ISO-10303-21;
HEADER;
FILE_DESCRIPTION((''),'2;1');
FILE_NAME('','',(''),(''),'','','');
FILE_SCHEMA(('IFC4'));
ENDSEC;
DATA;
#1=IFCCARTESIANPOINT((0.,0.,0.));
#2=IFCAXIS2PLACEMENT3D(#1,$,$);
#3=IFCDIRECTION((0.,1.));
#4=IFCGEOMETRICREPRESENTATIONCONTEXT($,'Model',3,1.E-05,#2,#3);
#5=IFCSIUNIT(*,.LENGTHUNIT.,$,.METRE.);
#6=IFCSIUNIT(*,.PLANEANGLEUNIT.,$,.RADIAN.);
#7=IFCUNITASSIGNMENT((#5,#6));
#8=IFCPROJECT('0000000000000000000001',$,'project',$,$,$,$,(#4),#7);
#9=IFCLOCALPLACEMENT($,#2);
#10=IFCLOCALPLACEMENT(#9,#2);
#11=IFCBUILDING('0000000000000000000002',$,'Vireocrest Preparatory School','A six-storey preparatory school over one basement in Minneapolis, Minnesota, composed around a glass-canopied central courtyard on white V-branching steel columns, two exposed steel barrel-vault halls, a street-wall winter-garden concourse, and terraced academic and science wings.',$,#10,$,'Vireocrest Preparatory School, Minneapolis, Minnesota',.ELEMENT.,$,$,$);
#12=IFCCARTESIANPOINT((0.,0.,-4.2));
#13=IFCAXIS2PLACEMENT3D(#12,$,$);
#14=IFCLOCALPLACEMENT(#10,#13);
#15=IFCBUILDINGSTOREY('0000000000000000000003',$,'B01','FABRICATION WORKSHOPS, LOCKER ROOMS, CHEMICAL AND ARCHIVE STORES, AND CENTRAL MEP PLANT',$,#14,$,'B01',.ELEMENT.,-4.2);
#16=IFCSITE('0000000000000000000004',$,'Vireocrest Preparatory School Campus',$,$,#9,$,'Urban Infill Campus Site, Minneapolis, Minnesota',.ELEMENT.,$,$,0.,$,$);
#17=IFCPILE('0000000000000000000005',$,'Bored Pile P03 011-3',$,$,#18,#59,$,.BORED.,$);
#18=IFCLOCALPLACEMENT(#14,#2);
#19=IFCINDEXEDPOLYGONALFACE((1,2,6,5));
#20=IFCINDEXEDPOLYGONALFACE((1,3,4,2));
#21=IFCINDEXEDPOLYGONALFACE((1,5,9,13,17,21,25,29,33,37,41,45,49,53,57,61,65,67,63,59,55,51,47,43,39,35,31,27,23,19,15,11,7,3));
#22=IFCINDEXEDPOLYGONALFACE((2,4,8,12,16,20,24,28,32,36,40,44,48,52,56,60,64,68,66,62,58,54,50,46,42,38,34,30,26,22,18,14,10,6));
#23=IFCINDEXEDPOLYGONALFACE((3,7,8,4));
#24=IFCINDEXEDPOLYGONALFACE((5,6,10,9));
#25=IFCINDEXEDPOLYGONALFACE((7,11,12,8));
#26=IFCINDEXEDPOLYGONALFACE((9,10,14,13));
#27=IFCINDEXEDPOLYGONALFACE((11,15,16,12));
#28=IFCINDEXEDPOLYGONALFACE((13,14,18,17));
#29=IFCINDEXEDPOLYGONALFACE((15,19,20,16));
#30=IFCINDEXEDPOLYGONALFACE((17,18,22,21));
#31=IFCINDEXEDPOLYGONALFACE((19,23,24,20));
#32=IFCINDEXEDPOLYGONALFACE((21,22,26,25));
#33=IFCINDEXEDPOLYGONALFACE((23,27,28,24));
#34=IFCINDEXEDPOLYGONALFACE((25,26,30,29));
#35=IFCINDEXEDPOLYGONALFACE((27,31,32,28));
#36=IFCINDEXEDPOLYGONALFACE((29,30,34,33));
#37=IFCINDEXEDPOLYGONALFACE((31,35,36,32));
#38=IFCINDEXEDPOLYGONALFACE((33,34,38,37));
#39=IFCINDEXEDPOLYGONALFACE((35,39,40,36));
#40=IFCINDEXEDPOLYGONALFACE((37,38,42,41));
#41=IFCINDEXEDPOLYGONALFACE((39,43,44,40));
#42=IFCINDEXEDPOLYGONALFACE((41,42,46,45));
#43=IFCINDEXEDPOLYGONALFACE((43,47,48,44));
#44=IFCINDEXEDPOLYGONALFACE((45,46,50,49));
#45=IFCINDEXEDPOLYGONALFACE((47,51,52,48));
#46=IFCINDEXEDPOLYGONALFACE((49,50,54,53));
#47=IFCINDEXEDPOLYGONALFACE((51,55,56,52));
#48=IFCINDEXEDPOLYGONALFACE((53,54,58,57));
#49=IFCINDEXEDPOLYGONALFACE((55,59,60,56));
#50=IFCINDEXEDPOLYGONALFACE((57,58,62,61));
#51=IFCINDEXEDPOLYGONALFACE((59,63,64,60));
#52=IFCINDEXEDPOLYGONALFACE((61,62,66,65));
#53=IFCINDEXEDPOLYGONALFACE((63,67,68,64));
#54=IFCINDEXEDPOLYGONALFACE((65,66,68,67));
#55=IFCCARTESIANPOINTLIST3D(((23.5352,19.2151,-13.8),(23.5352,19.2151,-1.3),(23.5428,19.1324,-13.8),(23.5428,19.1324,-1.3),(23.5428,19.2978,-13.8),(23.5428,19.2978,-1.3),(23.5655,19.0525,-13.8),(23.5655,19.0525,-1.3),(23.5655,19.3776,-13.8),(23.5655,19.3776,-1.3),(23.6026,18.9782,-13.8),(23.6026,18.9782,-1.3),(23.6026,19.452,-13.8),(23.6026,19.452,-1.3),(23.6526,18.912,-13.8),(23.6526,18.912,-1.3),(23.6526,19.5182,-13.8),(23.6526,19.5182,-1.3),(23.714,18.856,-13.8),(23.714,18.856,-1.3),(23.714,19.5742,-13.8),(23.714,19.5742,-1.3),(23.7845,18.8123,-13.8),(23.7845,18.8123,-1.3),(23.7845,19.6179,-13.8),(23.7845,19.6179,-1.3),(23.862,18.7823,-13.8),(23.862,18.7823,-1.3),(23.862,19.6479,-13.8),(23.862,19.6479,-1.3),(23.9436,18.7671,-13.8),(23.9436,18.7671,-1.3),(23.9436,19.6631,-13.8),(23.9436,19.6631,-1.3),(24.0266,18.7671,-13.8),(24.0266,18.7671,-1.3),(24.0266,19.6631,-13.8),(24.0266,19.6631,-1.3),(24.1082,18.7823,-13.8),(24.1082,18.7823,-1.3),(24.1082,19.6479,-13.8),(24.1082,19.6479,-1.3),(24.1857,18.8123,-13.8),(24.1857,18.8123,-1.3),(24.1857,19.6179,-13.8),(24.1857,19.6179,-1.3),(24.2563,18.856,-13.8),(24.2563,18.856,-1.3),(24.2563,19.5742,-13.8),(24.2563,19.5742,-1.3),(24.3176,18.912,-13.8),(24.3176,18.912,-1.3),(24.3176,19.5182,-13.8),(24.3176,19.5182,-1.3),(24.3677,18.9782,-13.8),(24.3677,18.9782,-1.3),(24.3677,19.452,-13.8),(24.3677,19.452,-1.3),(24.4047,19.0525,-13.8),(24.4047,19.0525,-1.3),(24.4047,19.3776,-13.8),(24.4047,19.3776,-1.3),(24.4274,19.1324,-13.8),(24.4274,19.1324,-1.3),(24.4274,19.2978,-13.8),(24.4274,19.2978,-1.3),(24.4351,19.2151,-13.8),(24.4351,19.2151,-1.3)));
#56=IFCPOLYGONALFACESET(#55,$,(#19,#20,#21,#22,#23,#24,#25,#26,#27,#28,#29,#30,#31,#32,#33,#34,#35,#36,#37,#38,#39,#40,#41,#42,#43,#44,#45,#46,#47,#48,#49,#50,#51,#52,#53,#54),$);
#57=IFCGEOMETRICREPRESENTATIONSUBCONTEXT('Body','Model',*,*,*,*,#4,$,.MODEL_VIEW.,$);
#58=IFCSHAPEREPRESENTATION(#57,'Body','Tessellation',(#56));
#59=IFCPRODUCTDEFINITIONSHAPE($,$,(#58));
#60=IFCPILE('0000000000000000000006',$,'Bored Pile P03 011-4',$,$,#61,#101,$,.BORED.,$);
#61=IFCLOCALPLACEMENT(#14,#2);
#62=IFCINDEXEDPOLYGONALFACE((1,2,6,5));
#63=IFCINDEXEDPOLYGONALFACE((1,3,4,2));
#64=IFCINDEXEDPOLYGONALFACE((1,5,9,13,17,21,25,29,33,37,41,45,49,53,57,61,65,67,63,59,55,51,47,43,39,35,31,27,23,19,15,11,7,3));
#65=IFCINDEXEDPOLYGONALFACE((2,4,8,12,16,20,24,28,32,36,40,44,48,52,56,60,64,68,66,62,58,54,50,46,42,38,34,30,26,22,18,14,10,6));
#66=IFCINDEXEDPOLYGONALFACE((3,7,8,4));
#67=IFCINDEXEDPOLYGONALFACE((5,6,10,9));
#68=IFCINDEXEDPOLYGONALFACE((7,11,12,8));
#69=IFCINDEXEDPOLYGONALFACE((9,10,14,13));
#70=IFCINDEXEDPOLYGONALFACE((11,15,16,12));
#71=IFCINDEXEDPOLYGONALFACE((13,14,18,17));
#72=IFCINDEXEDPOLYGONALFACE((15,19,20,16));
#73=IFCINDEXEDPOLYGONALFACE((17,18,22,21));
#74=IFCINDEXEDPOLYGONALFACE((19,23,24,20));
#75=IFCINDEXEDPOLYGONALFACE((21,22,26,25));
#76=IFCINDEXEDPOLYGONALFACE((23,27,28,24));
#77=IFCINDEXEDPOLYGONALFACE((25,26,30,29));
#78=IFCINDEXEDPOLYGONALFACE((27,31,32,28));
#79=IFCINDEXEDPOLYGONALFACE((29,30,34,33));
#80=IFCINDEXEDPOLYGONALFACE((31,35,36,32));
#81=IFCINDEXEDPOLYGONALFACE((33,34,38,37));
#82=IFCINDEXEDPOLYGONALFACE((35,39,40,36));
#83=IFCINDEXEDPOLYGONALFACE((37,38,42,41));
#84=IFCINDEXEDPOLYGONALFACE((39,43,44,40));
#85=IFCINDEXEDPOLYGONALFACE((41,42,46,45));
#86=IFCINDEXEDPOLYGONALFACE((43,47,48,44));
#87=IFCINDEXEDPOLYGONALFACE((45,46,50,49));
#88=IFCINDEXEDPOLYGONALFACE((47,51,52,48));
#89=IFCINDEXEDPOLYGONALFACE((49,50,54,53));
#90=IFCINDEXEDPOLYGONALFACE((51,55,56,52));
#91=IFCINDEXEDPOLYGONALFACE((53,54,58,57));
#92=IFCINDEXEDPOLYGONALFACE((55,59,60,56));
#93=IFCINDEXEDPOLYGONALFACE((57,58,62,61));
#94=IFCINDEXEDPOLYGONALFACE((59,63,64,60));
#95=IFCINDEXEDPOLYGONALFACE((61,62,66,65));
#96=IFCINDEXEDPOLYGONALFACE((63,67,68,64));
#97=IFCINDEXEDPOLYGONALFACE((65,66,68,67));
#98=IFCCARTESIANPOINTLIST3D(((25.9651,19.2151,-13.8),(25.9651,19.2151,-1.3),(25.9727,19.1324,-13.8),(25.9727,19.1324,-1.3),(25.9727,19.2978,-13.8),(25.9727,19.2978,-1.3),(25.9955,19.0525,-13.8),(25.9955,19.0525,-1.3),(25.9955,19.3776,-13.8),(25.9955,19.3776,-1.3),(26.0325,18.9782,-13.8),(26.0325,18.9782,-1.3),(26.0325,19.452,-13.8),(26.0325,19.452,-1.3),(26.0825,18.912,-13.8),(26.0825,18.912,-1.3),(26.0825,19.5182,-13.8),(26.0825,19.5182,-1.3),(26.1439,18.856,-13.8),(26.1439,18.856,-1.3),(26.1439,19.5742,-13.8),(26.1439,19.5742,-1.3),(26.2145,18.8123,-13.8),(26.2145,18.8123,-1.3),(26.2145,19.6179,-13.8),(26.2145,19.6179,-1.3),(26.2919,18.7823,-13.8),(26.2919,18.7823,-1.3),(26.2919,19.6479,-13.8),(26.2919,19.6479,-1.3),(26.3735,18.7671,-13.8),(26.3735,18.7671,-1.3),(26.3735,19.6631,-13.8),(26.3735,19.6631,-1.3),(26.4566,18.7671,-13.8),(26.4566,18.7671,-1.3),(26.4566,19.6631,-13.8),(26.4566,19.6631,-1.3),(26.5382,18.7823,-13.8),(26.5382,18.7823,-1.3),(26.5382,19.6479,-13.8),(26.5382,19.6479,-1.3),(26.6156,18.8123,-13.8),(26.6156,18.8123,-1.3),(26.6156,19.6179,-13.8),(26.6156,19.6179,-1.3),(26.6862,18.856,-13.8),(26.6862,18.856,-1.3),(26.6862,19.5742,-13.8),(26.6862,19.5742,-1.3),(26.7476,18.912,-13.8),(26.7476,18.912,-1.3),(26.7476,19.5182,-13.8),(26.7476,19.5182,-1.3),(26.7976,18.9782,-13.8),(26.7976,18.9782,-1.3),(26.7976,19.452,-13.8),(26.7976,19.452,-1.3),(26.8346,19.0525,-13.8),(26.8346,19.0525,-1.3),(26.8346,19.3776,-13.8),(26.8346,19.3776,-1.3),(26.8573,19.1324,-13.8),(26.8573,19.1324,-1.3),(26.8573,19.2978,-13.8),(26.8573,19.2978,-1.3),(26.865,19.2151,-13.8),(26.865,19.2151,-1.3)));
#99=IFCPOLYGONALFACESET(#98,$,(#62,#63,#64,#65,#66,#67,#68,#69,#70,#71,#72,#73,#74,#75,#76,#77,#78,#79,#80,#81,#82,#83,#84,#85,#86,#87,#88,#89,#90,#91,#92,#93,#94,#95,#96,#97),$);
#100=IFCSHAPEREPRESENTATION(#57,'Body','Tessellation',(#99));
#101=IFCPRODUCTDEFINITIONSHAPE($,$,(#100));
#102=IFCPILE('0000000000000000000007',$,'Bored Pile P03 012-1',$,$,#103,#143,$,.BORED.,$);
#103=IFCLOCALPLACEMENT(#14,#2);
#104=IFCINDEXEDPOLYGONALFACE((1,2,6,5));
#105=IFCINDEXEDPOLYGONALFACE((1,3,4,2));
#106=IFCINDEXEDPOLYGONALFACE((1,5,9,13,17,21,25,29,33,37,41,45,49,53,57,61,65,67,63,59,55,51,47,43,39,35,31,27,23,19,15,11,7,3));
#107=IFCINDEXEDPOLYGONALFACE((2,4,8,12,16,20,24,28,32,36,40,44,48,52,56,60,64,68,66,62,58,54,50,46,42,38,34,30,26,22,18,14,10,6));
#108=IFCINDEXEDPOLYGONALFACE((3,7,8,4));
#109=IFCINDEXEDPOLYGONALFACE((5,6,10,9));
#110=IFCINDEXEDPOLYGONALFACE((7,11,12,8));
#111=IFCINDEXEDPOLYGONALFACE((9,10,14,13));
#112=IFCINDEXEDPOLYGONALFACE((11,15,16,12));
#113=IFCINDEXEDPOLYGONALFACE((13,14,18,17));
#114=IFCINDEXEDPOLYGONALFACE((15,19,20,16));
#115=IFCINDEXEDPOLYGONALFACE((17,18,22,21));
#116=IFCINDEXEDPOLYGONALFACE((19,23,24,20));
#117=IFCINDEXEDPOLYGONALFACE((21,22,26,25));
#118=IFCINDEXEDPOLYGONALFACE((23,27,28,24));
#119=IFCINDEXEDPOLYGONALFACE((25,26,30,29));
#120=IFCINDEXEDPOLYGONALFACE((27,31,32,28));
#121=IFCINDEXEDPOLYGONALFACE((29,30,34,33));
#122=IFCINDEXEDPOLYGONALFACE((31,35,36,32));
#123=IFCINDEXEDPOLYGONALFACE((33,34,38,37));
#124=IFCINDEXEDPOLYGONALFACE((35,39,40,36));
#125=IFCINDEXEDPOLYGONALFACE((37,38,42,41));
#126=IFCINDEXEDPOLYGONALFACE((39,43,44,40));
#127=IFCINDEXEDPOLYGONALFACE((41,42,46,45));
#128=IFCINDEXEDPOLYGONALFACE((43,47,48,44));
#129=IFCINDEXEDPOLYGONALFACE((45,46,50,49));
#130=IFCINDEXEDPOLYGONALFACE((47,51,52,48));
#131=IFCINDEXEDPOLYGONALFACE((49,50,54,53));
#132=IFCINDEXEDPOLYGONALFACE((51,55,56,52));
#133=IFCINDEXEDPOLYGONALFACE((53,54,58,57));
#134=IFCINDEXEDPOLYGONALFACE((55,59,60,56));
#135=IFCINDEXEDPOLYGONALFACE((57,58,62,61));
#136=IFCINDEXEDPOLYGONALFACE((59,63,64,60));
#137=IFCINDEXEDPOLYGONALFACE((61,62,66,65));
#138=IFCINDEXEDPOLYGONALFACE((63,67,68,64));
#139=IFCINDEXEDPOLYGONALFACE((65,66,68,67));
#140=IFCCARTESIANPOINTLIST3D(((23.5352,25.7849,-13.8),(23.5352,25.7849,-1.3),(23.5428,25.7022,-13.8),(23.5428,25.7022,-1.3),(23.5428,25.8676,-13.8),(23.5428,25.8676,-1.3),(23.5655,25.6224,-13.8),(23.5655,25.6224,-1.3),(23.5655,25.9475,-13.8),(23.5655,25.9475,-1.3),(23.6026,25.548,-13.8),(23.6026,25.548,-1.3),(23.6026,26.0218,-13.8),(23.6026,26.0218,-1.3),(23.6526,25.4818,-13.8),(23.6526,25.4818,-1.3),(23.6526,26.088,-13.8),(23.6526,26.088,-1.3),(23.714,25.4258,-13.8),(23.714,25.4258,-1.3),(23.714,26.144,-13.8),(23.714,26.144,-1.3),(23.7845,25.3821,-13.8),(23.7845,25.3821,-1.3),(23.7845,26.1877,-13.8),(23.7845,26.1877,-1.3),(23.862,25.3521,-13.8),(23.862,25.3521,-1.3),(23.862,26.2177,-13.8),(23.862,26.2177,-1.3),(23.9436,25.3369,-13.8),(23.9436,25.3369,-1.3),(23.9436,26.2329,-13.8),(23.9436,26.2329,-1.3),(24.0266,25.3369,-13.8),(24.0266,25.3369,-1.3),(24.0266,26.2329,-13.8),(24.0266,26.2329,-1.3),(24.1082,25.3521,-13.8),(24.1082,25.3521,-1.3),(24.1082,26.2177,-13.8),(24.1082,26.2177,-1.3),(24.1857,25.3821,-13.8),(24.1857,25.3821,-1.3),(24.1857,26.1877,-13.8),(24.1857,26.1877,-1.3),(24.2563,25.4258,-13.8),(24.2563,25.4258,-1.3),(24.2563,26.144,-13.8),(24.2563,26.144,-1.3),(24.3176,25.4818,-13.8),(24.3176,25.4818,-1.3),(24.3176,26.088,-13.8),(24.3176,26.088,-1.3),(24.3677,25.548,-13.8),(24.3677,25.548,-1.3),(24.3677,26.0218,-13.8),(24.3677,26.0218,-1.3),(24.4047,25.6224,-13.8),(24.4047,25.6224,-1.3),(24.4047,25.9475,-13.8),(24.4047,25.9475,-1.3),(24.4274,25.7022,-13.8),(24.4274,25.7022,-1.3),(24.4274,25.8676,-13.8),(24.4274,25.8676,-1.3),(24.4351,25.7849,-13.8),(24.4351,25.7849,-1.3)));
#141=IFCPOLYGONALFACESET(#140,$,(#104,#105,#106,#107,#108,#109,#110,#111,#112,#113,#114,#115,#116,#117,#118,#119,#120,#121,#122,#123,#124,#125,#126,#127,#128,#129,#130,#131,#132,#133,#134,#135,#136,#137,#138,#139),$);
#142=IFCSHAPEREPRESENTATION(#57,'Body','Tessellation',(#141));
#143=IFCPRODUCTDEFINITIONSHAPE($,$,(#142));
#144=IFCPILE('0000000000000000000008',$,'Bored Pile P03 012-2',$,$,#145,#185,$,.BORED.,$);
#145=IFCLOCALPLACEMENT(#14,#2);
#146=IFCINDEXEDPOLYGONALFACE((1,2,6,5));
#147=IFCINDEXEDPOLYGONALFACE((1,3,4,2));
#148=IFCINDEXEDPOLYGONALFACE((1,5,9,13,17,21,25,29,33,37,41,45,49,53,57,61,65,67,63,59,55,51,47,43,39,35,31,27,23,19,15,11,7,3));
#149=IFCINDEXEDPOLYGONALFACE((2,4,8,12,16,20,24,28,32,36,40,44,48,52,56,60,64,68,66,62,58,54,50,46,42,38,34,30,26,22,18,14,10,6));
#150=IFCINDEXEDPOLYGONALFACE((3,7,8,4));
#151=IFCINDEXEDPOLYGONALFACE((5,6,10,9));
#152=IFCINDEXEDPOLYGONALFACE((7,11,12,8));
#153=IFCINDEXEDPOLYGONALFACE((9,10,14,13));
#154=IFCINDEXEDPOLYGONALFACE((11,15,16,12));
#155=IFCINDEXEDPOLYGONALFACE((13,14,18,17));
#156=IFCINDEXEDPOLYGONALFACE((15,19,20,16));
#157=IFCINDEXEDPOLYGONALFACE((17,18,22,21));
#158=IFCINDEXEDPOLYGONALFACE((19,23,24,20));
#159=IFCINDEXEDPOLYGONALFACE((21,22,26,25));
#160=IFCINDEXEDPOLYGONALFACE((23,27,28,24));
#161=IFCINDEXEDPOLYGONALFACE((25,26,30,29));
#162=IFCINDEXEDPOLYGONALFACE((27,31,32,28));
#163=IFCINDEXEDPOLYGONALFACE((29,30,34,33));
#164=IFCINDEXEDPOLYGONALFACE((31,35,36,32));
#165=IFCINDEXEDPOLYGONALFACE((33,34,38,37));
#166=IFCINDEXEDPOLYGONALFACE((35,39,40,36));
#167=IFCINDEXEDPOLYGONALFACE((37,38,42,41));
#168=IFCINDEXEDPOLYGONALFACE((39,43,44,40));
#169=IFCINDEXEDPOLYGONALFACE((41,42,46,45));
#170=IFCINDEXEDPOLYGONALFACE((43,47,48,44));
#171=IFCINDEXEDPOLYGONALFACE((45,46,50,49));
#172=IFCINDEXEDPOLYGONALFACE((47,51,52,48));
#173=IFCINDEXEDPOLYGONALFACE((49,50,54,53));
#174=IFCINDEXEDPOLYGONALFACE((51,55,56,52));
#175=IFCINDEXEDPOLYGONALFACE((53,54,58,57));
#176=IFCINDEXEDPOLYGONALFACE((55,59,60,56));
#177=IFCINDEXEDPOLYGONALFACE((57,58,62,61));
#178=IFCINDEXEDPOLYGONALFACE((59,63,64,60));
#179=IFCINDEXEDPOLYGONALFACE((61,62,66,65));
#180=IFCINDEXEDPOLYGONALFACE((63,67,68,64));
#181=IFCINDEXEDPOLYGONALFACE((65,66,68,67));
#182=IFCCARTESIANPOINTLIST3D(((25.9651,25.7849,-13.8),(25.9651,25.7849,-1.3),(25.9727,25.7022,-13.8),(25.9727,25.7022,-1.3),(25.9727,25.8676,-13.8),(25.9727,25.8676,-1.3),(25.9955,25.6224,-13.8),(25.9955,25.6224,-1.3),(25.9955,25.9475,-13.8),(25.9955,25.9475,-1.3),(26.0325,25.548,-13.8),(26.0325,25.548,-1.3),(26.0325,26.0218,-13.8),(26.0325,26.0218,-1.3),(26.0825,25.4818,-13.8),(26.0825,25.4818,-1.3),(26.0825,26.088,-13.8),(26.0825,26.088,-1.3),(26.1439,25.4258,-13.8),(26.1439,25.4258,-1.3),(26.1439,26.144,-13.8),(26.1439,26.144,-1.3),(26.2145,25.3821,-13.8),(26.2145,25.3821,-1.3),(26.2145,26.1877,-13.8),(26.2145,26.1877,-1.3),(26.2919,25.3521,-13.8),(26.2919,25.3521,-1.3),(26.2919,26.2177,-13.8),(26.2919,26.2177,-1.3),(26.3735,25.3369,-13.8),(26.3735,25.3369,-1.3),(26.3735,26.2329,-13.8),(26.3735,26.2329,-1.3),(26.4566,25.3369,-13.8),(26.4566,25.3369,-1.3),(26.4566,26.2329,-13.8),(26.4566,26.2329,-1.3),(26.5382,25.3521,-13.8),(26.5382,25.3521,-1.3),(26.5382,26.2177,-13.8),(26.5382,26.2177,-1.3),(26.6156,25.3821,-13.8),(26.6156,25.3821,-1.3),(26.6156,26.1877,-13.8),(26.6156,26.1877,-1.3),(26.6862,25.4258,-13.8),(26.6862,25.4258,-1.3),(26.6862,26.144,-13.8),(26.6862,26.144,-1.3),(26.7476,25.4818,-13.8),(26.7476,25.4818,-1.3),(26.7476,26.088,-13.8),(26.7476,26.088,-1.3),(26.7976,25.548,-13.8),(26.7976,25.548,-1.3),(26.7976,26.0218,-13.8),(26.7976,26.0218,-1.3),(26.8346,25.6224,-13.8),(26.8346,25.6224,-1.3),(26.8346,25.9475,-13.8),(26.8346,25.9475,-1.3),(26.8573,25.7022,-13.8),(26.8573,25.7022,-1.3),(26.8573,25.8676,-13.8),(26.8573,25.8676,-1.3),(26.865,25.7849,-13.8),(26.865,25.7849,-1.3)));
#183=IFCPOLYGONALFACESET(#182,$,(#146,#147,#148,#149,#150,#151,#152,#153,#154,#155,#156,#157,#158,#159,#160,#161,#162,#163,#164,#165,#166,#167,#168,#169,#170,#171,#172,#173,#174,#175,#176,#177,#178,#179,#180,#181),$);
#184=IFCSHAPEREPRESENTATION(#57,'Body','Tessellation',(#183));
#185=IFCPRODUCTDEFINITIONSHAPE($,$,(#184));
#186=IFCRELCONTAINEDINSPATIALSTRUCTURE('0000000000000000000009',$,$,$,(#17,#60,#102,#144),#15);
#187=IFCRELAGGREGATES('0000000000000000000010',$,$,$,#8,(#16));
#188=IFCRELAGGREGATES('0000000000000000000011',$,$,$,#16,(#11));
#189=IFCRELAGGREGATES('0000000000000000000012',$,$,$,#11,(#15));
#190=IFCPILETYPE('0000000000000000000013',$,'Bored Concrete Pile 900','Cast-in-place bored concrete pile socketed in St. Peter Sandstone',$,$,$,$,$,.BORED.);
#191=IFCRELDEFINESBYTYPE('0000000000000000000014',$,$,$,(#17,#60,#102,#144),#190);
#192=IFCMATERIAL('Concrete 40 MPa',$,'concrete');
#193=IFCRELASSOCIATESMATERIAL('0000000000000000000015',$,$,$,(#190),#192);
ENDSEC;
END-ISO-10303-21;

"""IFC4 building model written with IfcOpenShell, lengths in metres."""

from ifc_helpers import new_model, si_unit, direction, frame, origin, origin_2d, place, context, subcontext, project, spatial, circle, extrude, material, material_profile, profile_set, type_object, element, save


model = new_model("IFC4")

# Units and contexts
model_context = context("Model", 3, precision=1e-05, world=origin(), true_north=direction((0.0, 1.0)))
body_context = subcontext(model_context, "Body", "Model", "MODEL_VIEW")
ifc_project = project(units=[si_unit("LENGTHUNIT", "METRE"), si_unit("PLANEANGLEUNIT", "RADIAN")], contexts=[model_context])

# Site, building, storey
site_placement = place(None, origin())
site = spatial("IfcSite", under=ifc_project, at=site_placement, Name="Vireocrest Preparatory School Campus", LongName="Urban Infill Campus Site, Minneapolis, Minnesota", CompositionType="ELEMENT", RefElevation=0.0)
building_placement = place(site_placement, origin())
building = spatial("IfcBuilding", under=site, at=building_placement, Name="Vireocrest Preparatory School", Description="A six-storey preparatory school over one basement in Minneapolis, Minnesota, composed around a glass-canopied central courtyard on white V-branching steel columns, two exposed steel barrel-vault halls, a street-wall winter-garden concourse, and terraced academic and science wings.", LongName="Vireocrest Preparatory School, Minneapolis, Minnesota", CompositionType="ELEMENT")
storey_placement = place(building_placement, frame((0.0, 0.0, -4.2)))
storey = spatial("IfcBuildingStorey", under=building, at=storey_placement, Name="B01", Description="FABRICATION WORKSHOPS, LOCKER ROOMS, CHEMICAL AND ARCHIVE STORES, AND CENTRAL MEP PLANT", LongName="B01", CompositionType="ELEMENT", Elevation=-4.2)

# Piles
ifc_material_1 = material(Name="Concrete 40 MPa", Category="concrete")
ifc_material_profile_1 = material_profile(ifc_material_1, circle(Radius=0.45, at=origin_2d()), Name="BORED PILE 900")
ifc_profile_set_1 = profile_set([ifc_material_profile_1], Name="Concrete 40 MPa")
pile_type = type_object("IfcPileType", Name="Bored Concrete Pile 900", Description="Cast-in-place bored concrete pile socketed in St. Peter Sandstone", PredefinedType="BORED", material=ifc_profile_set_1)
for number, where, z_axis, x_axis, name in (
    (1, (23.9851, 19.2151, -1.3), (0.0, 0.0, -1.0), (1.0, 0.0, 0.0), "Bored Pile P03 011-3"),
    (2, (26.415, 19.2151, -1.3), (0.0, 0.0, -1.0), (1.0, 0.0, 0.0), "Bored Pile P03 011-4"),
    (3, (23.9851, 25.7849, -1.3), (0.0, 0.0, -1.0), (1.0, 0.0, 0.0), "Bored Pile P03 012-1"),
    (4, (26.415, 25.7849, -1.3), (0.0, 0.0, -1.0), (1.0, 0.0, 0.0), "Bored Pile P03 012-2"),
):
    element("IfcPile", number, at=place(storey_placement, frame(where, z_axis=z_axis, x_axis=x_axis)), inside=storey, type_object=pile_type, Name=name, PredefinedType="BORED", context=body_context, shape_type="SweptSolid", body=[
        extrude(circle(Radius=0.45, at=origin_2d()), origin(), (0.0, 0.0, 1.0), 12.5),
    ])

save(model, "model.ifc")
